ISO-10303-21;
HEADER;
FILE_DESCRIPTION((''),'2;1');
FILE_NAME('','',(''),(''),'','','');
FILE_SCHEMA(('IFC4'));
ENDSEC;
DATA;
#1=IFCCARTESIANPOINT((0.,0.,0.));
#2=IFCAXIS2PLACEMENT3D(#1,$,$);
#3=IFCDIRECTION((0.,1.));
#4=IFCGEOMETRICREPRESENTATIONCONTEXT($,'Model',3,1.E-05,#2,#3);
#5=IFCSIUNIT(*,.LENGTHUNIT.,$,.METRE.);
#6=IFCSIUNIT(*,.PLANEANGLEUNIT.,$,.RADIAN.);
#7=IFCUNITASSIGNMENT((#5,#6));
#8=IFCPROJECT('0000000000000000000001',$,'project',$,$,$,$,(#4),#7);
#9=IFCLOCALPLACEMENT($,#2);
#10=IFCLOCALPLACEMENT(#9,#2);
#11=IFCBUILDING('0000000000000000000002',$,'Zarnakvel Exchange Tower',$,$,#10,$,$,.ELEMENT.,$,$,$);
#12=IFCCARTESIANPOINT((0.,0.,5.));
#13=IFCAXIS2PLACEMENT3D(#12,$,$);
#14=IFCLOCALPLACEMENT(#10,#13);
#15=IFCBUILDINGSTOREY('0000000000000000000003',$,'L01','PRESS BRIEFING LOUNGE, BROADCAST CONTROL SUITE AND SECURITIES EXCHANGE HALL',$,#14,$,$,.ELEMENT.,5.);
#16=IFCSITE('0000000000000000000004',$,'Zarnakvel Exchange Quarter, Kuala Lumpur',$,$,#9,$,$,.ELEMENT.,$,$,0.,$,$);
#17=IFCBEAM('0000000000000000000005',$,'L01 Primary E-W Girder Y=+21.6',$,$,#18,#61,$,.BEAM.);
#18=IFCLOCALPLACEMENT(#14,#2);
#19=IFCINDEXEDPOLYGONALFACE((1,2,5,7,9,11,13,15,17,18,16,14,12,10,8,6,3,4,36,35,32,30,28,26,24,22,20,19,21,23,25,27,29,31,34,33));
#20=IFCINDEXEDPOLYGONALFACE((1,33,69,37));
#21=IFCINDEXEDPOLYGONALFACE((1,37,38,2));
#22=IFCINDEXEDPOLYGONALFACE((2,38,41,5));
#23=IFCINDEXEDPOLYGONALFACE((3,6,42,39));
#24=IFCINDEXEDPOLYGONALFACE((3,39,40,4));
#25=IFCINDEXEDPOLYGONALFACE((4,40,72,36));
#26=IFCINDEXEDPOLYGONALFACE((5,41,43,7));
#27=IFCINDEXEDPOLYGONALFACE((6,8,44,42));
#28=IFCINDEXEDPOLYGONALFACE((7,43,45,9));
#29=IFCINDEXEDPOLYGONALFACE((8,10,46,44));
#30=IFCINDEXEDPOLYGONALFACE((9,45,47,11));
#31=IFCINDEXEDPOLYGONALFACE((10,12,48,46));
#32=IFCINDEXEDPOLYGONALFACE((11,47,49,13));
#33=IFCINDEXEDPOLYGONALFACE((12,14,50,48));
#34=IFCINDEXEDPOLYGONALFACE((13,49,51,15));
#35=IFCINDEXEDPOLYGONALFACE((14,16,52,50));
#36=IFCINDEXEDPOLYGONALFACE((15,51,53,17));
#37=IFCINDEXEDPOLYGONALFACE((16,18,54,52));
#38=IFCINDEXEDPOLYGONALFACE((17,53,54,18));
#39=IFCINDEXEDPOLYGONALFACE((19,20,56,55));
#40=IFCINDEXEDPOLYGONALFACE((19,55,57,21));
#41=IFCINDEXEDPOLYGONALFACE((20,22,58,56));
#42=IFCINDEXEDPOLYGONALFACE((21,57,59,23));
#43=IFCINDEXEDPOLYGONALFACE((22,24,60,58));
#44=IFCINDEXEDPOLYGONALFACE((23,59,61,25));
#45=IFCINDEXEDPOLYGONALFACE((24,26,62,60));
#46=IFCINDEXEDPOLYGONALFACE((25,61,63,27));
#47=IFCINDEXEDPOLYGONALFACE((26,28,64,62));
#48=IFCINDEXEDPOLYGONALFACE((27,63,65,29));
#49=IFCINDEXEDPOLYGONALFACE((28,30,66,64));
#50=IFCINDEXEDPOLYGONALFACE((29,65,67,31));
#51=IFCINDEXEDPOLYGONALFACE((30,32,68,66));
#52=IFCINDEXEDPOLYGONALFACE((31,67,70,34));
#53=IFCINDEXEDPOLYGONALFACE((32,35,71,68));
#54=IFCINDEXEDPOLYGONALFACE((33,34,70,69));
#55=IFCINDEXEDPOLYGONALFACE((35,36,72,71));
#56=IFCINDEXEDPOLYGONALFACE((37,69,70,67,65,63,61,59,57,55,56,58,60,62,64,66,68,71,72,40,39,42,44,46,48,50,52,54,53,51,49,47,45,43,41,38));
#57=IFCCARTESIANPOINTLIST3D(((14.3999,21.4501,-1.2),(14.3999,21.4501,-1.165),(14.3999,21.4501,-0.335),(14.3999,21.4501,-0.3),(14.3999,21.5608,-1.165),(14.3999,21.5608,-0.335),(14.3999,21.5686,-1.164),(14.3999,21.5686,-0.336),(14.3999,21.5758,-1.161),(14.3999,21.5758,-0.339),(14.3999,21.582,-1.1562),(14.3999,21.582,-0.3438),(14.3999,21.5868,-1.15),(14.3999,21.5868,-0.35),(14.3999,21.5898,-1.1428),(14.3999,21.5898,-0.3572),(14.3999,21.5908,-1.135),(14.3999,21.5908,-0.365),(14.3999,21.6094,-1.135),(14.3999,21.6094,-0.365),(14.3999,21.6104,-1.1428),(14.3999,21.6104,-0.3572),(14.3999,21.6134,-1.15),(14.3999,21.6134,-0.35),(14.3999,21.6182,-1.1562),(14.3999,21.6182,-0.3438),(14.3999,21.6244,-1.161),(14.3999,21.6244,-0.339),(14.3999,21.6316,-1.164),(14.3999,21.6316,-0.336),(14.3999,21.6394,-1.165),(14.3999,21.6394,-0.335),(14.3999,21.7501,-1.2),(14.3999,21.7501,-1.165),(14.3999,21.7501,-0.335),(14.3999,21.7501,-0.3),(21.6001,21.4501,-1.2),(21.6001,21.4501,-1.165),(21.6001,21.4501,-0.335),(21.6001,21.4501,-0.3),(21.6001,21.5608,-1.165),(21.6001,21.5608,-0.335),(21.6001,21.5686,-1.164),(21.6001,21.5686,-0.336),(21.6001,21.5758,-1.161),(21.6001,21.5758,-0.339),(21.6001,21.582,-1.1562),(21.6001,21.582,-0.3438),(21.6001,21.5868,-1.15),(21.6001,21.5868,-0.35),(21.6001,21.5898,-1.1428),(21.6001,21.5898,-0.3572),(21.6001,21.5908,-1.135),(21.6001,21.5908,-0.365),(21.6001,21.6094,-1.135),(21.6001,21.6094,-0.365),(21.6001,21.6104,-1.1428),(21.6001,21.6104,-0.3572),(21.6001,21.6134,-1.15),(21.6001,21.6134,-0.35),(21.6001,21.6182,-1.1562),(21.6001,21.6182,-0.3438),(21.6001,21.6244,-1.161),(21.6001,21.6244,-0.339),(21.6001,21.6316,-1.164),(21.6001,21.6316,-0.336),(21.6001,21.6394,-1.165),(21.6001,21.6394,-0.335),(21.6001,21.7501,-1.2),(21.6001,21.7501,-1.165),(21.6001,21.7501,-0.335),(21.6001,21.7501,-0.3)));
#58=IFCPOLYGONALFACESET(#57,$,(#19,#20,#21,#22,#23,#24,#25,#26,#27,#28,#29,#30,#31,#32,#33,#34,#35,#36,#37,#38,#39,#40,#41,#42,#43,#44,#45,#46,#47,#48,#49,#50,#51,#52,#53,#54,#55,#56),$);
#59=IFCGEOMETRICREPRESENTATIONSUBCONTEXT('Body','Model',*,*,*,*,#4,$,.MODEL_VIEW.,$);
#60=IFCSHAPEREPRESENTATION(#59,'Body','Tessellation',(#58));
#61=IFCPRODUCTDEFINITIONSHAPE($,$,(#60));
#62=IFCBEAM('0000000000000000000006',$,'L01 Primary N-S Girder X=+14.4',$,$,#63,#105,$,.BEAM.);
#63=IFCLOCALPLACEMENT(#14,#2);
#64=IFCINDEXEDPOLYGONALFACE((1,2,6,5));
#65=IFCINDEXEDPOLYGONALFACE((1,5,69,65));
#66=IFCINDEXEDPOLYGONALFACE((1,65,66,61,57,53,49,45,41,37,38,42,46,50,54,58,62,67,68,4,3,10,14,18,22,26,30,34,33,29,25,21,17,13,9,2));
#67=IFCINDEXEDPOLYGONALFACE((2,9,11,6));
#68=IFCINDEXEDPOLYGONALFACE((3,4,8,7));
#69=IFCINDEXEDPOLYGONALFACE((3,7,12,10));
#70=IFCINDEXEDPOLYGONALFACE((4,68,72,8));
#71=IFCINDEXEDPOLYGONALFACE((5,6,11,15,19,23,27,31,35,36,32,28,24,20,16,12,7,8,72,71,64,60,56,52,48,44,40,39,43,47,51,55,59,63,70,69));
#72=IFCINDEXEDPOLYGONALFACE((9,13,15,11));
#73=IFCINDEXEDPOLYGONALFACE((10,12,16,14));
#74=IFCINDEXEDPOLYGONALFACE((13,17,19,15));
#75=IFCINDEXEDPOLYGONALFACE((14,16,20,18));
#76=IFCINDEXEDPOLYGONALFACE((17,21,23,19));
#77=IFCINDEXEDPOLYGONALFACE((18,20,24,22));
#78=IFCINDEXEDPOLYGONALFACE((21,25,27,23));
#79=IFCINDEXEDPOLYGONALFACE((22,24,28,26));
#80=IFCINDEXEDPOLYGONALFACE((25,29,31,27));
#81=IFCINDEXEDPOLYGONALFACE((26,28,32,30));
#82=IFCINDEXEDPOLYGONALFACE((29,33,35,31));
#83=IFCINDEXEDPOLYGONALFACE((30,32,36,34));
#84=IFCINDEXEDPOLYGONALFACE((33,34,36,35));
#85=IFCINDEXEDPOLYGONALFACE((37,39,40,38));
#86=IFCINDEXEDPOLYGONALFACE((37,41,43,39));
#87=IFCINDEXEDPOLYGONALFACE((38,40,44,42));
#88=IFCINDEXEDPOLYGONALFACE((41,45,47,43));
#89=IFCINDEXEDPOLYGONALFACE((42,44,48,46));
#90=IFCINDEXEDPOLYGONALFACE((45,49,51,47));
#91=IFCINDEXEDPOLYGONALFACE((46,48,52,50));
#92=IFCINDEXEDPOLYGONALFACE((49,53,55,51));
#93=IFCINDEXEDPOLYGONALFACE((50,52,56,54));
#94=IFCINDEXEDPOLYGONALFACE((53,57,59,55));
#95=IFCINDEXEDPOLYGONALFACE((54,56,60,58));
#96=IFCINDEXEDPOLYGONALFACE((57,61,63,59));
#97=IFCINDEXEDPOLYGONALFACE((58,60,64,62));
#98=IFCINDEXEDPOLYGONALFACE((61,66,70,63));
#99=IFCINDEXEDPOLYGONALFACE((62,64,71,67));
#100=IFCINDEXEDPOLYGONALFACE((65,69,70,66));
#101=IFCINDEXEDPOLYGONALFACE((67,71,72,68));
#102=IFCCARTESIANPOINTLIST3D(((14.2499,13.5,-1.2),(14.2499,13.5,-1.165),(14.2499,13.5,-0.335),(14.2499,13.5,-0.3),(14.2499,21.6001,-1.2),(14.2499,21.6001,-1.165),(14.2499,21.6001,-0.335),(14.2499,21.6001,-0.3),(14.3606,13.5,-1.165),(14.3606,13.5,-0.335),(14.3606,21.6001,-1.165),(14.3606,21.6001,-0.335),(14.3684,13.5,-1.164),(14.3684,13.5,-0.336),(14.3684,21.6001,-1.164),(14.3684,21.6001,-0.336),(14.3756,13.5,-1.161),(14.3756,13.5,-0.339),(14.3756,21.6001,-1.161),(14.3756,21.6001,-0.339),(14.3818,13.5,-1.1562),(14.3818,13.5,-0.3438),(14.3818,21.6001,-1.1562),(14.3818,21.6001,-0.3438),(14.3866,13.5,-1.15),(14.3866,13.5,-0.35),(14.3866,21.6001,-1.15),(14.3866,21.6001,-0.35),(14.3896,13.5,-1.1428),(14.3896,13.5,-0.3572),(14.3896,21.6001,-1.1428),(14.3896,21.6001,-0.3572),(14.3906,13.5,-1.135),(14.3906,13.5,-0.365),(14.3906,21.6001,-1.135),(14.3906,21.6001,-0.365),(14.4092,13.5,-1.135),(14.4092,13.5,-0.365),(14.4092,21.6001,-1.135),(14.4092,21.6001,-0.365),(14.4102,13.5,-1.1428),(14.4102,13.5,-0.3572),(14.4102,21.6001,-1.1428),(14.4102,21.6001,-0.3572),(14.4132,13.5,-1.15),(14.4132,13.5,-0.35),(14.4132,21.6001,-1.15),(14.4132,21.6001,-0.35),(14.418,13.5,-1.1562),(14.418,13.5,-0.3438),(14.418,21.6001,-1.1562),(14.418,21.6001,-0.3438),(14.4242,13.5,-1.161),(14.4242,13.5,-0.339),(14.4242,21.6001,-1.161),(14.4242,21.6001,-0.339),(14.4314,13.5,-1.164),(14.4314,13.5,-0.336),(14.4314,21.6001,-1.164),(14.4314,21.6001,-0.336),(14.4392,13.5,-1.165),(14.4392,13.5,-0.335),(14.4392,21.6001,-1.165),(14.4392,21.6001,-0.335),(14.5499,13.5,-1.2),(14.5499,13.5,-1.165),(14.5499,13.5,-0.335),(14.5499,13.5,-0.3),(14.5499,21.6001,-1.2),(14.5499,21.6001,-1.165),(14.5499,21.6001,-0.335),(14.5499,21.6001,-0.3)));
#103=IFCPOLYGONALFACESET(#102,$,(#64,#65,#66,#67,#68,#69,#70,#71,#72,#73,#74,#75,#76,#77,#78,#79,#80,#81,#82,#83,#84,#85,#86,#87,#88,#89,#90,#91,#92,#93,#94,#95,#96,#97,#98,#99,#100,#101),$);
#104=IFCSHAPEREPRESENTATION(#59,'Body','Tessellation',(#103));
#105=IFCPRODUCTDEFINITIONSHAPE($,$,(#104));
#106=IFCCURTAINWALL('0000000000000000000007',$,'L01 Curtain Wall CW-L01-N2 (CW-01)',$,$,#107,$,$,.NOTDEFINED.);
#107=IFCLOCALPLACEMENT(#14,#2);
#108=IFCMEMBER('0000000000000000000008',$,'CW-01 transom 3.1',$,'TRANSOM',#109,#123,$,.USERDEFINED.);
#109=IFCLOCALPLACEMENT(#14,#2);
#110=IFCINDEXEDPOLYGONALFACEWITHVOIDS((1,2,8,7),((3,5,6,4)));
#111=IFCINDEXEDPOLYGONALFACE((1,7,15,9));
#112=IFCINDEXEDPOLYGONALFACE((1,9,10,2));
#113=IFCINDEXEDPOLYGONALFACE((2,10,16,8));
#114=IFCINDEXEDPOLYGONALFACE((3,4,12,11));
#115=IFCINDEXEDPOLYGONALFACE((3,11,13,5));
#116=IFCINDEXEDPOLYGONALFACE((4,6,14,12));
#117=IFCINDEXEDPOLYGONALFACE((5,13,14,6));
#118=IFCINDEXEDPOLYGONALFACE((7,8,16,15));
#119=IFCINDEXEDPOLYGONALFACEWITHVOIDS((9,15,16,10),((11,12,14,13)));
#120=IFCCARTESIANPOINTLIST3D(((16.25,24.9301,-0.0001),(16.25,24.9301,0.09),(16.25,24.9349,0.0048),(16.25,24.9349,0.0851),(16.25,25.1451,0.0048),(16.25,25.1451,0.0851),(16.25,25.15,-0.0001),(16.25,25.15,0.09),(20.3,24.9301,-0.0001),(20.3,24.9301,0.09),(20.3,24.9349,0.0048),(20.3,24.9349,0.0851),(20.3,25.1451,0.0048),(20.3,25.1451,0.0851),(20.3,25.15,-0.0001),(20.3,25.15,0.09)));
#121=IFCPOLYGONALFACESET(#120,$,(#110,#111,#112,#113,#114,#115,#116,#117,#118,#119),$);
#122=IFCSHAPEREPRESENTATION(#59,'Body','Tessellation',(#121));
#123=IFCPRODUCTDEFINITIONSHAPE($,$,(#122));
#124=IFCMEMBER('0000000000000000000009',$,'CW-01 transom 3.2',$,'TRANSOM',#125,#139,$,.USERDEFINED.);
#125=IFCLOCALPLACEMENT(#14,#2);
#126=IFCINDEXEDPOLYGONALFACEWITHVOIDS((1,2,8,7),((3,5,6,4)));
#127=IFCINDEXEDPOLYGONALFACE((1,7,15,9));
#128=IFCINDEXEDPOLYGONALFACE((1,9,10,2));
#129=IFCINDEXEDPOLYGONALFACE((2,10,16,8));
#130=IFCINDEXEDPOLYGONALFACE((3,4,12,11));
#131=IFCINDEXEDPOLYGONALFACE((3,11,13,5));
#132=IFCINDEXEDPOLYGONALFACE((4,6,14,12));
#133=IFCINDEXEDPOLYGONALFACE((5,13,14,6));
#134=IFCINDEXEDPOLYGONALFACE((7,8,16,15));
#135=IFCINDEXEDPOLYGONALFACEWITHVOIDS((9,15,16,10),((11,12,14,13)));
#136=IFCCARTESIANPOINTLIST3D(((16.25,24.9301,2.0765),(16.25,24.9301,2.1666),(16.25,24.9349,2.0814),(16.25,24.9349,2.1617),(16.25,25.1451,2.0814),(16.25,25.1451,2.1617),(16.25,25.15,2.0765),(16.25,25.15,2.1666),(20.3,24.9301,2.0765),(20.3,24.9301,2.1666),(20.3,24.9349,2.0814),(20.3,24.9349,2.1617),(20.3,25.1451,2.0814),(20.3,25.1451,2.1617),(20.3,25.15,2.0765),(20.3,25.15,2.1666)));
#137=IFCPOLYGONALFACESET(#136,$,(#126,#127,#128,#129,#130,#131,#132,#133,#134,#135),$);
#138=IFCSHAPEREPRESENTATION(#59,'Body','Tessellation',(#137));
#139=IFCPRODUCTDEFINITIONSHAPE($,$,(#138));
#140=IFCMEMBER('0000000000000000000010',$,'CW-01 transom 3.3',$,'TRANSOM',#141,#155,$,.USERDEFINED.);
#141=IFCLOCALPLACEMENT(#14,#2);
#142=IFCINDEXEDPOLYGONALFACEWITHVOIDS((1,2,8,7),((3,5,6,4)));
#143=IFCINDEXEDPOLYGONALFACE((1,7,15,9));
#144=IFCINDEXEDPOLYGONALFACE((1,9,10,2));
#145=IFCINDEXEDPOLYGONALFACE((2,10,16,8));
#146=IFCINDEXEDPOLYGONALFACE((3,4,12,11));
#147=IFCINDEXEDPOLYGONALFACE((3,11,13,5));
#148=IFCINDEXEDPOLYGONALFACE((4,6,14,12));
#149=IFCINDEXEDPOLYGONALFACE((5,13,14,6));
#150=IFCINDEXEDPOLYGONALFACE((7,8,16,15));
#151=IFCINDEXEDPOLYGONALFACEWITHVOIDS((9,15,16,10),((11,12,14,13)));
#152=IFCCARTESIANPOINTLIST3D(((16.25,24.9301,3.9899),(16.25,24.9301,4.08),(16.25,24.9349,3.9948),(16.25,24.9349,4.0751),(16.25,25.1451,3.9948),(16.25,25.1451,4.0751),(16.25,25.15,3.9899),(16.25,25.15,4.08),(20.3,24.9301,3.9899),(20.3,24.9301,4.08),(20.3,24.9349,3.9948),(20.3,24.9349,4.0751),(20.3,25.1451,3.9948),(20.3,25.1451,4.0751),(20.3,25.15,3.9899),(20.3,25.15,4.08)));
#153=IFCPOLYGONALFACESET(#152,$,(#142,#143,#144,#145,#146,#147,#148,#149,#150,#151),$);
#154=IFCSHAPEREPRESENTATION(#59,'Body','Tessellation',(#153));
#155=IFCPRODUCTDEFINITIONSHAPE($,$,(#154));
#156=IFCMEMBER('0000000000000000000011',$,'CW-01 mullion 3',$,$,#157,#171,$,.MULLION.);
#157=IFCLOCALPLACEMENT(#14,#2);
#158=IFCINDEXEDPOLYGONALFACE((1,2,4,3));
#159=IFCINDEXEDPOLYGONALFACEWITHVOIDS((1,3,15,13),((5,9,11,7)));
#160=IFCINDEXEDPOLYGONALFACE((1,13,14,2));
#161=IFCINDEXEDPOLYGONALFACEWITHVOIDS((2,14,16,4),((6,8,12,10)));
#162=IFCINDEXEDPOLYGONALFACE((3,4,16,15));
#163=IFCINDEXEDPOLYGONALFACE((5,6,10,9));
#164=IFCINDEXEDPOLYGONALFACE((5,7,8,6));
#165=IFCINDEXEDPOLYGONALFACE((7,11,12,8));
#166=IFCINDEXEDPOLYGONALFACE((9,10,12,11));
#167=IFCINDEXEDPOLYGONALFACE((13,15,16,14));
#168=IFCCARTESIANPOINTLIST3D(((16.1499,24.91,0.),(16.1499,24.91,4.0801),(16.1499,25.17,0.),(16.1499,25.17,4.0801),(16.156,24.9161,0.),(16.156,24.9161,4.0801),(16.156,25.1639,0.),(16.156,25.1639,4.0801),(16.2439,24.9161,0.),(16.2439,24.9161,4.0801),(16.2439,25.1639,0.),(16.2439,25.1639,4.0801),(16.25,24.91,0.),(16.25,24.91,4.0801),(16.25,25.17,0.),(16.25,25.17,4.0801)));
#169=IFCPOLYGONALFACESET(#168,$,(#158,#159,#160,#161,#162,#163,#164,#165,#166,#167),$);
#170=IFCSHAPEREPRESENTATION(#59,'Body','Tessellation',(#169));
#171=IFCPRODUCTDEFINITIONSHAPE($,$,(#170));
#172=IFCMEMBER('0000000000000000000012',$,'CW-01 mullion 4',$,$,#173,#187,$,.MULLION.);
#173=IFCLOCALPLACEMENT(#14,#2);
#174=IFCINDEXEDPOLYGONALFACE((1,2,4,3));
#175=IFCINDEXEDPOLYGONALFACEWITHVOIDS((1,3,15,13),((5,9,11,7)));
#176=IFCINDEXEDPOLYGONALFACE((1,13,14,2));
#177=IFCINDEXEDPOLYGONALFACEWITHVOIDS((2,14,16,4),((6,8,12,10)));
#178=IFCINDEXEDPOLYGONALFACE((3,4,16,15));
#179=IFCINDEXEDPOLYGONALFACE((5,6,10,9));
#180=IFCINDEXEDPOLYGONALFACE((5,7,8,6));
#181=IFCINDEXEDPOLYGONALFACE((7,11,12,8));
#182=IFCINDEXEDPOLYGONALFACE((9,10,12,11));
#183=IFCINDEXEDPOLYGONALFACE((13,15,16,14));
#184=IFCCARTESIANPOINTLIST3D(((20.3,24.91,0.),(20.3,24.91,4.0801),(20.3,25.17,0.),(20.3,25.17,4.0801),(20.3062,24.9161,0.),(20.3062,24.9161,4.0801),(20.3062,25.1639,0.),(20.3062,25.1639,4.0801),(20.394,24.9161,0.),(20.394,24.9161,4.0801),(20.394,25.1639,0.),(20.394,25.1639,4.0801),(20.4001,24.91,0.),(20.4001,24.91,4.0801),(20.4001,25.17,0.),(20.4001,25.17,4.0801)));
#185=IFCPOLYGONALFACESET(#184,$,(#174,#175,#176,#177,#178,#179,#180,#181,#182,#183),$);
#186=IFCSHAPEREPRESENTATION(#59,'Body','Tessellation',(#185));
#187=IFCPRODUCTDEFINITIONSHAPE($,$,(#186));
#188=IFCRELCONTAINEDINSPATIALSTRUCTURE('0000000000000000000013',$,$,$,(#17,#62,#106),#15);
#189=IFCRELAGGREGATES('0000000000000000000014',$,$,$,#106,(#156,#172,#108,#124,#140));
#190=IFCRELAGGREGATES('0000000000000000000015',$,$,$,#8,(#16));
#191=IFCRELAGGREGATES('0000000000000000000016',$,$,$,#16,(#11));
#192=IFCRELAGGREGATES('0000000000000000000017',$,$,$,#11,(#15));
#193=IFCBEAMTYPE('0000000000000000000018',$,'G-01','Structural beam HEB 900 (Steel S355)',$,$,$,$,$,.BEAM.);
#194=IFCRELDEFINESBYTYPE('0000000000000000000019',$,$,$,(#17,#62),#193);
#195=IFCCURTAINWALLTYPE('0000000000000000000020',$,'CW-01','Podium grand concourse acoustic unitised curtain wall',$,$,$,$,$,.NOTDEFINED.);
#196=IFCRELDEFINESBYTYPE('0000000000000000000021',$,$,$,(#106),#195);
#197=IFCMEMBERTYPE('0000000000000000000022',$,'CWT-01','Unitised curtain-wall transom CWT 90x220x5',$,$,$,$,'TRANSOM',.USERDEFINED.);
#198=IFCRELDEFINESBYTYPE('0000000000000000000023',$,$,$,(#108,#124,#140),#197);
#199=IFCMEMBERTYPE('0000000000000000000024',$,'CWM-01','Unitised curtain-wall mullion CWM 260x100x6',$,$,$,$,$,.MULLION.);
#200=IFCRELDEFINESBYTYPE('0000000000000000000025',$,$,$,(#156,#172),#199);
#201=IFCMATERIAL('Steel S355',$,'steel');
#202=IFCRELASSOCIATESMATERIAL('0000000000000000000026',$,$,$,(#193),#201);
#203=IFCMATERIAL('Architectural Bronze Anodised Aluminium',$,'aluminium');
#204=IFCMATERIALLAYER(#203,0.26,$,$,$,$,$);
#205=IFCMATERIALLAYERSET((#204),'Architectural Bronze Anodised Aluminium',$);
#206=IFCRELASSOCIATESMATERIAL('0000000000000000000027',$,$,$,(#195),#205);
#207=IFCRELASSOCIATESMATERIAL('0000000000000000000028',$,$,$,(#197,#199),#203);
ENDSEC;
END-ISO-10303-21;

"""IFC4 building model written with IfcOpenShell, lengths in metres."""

from ifc_helpers import new_model, si_unit, direction, frame, origin, origin_2d, place, context, subcontext, project, spatial, hollow_rectangle, i_section, extrude, source, transform, mapped, material, layer, layer_set, material_profile, profile_set, type_object, element, aggregate, save


model = new_model("IFC4")

# Units and contexts
model_context = context("Model", 3, precision=1e-05, world=origin(), true_north=direction((0.0, 1.0)))
body_context = subcontext(model_context, "Body", "Model", "MODEL_VIEW")
ifc_project = project(units=[si_unit("LENGTHUNIT", "METRE"), si_unit("PLANEANGLEUNIT", "RADIAN")], contexts=[model_context])

# Site, building, storey
site_placement = place(None, origin())
site = spatial("IfcSite", under=ifc_project, at=site_placement, Name="Zarnakvel Exchange Quarter, Kuala Lumpur", CompositionType="ELEMENT", RefElevation=0.0)
building_placement = place(site_placement, origin())
building = spatial("IfcBuilding", under=site, at=building_placement, Name="Zarnakvel Exchange Tower", CompositionType="ELEMENT")
storey_placement = place(building_placement, frame((0.0, 0.0, 5.0)))
storey = spatial("IfcBuildingStorey", under=building, at=storey_placement, Name="L01", Description="PRESS BRIEFING LOUNGE, BROADCAST CONTROL SUITE AND SECURITIES EXCHANGE HALL", CompositionType="ELEMENT", Elevation=5.0)

# Beams
ifc_material_1 = material(Name="Steel S355", Category="steel")
ifc_material_profile_1 = material_profile(ifc_material_1, i_section(OverallWidth=0.3, OverallDepth=0.8999, WebThickness=0.0186, FlangeThickness=0.0349, FilletRadius=0.03, at=origin_2d()))
ifc_profile_set_1 = profile_set([ifc_material_profile_1], Name="Steel S355")
beam_type_1 = type_object("IfcBeamType", Name="G-01", Description="Structural beam HEB 900 (Steel S355)", PredefinedType="BEAM", material=ifc_profile_set_1)
for number, where, z_axis, x_axis, name in (
    (1, (14.3999, 21.6001, -0.75), (1.0, 0.0, 0.0), (0.0, 1.0, 0.0), "L01 Primary E-W Girder Y=+21.6"),
):
    element("IfcBeam", number, at=place(storey_placement, frame(where, z_axis=z_axis, x_axis=x_axis)), inside=storey, type_object=beam_type_1, Name=name, PredefinedType="BEAM", context=body_context, shape_type="SweptSolid", body=[
        extrude(i_section(OverallWidth=0.3, OverallDepth=0.8999, WebThickness=0.0186, FlangeThickness=0.0349, FilletRadius=0.03, at=origin_2d()), origin(), (0.0, 0.0, 1.0), 7.2002),
    ])
beam_1_placement = place(storey_placement, frame((14.3999, 13.5, -0.75), z_axis=(0.0, 1.0, 0.0), x_axis=(-1.0, 0.0, 0.0)))
element("IfcBeam", 2, at=beam_1_placement, inside=storey, type_object=beam_type_1, Name="L01 Primary N-S Girder X=+14.4", PredefinedType="BEAM", context=body_context, shape_type="SweptSolid", body=[
    extrude(i_section(OverallWidth=0.3, OverallDepth=0.8999, WebThickness=0.0186, FlangeThickness=0.0349, FilletRadius=0.03, at=origin_2d()), origin(), (0.0, 0.0, 1.0), 8.1001),
])

# Curtain wall, members
ifc_material_2 = material(Name="Architectural Bronze Anodised Aluminium", Category="aluminium")
ifc_layer_1 = layer(ifc_material_2, 0.26)
ifc_layer_set_1 = layer_set([ifc_layer_1], Name="Architectural Bronze Anodised Aluminium")
curtain_wall_type = type_object("IfcCurtainWallType", Name="CW-01", Description="Podium grand concourse acoustic unitised curtain wall", PredefinedType="NOTDEFINED", material=ifc_layer_set_1)
curtain_wall_placement = place(storey_placement, origin())
curtain_wall = element("IfcCurtainWall", 3, at=curtain_wall_placement, inside=storey, type_object=curtain_wall_type, Name="L01 Curtain Wall CW-L01-N2 (CW-01)", PredefinedType="NOTDEFINED")
ifc_material_profile_2 = material_profile(ifc_material_2, hollow_rectangle(XDim=0.22, YDim=0.0901, WallThickness=0.0049, at=origin_2d()))
ifc_profile_set_2 = profile_set([ifc_material_profile_2], Name="Architectural Bronze Anodised Aluminium")
member_type_1 = type_object("IfcMemberType", Name="CWT-01", Description="Unitised curtain-wall transom CWT 90x220x5", ElementType="TRANSOM", PredefinedType="USERDEFINED", material=ifc_profile_set_2)
shared_shape_1 = source(origin(), body_context, "Body", "SweptSolid", [
    extrude(hollow_rectangle(XDim=0.22, YDim=0.0901, WallThickness=0.0049, at=origin_2d()), origin(), (0.0, 0.0, 1.0), 4.05),
])
member_1_placement = place(storey_placement, frame((16.25, 25.04, 0.0449), z_axis=(1.0, 0.0, 0.0), x_axis=(0.0, 1.0, 0.0)))
member_1 = element("IfcMember", 4, at=member_1_placement, type_object=member_type_1, Name="CW-01 transom 3.1", ObjectType="TRANSOM", PredefinedType="USERDEFINED", context=body_context, shape_type="MappedRepresentation", body=[
    mapped(shared_shape_1, transform((0.0, 0.0, 0.0), x_axis=(1.0, 0.0, 0.0), y_axis=(0.0, 1.0, 0.0), z_axis=(0.0, 0.0, 1.0), scale=1.0)),
])
member_2_placement = place(storey_placement, frame((16.25, 25.04, 2.1216), z_axis=(1.0, 0.0, 0.0), x_axis=(0.0, 1.0, 0.0)))
member_2 = element("IfcMember", 5, at=member_2_placement, type_object=member_type_1, Name="CW-01 transom 3.2", ObjectType="TRANSOM", PredefinedType="USERDEFINED", context=body_context, shape_type="MappedRepresentation", body=[
    mapped(shared_shape_1, transform((0.0, 0.0, 0.0), x_axis=(1.0, 0.0, 0.0), y_axis=(0.0, 1.0, 0.0), z_axis=(0.0, 0.0, 1.0), scale=1.0)),
])
member_3_placement = place(storey_placement, frame((16.25, 25.04, 4.0349), z_axis=(1.0, 0.0, 0.0), x_axis=(0.0, 1.0, 0.0)))
member_3 = element("IfcMember", 6, at=member_3_placement, type_object=member_type_1, Name="CW-01 transom 3.3", ObjectType="TRANSOM", PredefinedType="USERDEFINED", context=body_context, shape_type="MappedRepresentation", body=[
    mapped(shared_shape_1, transform((0.0, 0.0, 0.0), x_axis=(1.0, 0.0, 0.0), y_axis=(0.0, 1.0, 0.0), z_axis=(0.0, 0.0, 1.0), scale=1.0)),
])
ifc_material_profile_3 = material_profile(ifc_material_2, hollow_rectangle(XDim=0.26, YDim=0.1001, WallThickness=0.0061, at=origin_2d()))
ifc_profile_set_3 = profile_set([ifc_material_profile_3], Name="Architectural Bronze Anodised Aluminium")
member_type_2 = type_object("IfcMemberType", Name="CWM-01", Description="Unitised curtain-wall mullion CWM 260x100x6", PredefinedType="MULLION", material=ifc_profile_set_3)
shared_shape_2 = source(origin(), body_context, "Body", "SweptSolid", [
    extrude(hollow_rectangle(XDim=0.26, YDim=0.1001, WallThickness=0.0061, at=origin_2d()), origin(), (0.0, 0.0, 1.0), 4.0801),
])
member_4_placement = place(storey_placement, frame((16.2, 25.04, 0.0), z_axis=(0.0, 0.0, 1.0), x_axis=(0.0, 1.0, 0.0)))
member_4 = element("IfcMember", 7, at=member_4_placement, type_object=member_type_2, Name="CW-01 mullion 3", PredefinedType="MULLION", context=body_context, shape_type="MappedRepresentation", body=[
    mapped(shared_shape_2, transform((0.0, 0.0, 0.0), x_axis=(1.0, 0.0, 0.0), y_axis=(0.0, 1.0, 0.0), z_axis=(0.0, 0.0, 1.0), scale=1.0)),
])
member_5_placement = place(storey_placement, frame((20.3501, 25.04, 0.0), z_axis=(0.0, 0.0, 1.0), x_axis=(0.0, 1.0, 0.0)))
member_5 = element("IfcMember", 8, at=member_5_placement, type_object=member_type_2, Name="CW-01 mullion 4", PredefinedType="MULLION", context=body_context, shape_type="MappedRepresentation", body=[
    mapped(shared_shape_2, transform((0.0, 0.0, 0.0), x_axis=(1.0, 0.0, 0.0), y_axis=(0.0, 1.0, 0.0), z_axis=(0.0, 0.0, 1.0), scale=1.0)),
])
aggregate(curtain_wall, [member_4, member_5, member_1, member_2, member_3])

save(model, "model.ifc")
